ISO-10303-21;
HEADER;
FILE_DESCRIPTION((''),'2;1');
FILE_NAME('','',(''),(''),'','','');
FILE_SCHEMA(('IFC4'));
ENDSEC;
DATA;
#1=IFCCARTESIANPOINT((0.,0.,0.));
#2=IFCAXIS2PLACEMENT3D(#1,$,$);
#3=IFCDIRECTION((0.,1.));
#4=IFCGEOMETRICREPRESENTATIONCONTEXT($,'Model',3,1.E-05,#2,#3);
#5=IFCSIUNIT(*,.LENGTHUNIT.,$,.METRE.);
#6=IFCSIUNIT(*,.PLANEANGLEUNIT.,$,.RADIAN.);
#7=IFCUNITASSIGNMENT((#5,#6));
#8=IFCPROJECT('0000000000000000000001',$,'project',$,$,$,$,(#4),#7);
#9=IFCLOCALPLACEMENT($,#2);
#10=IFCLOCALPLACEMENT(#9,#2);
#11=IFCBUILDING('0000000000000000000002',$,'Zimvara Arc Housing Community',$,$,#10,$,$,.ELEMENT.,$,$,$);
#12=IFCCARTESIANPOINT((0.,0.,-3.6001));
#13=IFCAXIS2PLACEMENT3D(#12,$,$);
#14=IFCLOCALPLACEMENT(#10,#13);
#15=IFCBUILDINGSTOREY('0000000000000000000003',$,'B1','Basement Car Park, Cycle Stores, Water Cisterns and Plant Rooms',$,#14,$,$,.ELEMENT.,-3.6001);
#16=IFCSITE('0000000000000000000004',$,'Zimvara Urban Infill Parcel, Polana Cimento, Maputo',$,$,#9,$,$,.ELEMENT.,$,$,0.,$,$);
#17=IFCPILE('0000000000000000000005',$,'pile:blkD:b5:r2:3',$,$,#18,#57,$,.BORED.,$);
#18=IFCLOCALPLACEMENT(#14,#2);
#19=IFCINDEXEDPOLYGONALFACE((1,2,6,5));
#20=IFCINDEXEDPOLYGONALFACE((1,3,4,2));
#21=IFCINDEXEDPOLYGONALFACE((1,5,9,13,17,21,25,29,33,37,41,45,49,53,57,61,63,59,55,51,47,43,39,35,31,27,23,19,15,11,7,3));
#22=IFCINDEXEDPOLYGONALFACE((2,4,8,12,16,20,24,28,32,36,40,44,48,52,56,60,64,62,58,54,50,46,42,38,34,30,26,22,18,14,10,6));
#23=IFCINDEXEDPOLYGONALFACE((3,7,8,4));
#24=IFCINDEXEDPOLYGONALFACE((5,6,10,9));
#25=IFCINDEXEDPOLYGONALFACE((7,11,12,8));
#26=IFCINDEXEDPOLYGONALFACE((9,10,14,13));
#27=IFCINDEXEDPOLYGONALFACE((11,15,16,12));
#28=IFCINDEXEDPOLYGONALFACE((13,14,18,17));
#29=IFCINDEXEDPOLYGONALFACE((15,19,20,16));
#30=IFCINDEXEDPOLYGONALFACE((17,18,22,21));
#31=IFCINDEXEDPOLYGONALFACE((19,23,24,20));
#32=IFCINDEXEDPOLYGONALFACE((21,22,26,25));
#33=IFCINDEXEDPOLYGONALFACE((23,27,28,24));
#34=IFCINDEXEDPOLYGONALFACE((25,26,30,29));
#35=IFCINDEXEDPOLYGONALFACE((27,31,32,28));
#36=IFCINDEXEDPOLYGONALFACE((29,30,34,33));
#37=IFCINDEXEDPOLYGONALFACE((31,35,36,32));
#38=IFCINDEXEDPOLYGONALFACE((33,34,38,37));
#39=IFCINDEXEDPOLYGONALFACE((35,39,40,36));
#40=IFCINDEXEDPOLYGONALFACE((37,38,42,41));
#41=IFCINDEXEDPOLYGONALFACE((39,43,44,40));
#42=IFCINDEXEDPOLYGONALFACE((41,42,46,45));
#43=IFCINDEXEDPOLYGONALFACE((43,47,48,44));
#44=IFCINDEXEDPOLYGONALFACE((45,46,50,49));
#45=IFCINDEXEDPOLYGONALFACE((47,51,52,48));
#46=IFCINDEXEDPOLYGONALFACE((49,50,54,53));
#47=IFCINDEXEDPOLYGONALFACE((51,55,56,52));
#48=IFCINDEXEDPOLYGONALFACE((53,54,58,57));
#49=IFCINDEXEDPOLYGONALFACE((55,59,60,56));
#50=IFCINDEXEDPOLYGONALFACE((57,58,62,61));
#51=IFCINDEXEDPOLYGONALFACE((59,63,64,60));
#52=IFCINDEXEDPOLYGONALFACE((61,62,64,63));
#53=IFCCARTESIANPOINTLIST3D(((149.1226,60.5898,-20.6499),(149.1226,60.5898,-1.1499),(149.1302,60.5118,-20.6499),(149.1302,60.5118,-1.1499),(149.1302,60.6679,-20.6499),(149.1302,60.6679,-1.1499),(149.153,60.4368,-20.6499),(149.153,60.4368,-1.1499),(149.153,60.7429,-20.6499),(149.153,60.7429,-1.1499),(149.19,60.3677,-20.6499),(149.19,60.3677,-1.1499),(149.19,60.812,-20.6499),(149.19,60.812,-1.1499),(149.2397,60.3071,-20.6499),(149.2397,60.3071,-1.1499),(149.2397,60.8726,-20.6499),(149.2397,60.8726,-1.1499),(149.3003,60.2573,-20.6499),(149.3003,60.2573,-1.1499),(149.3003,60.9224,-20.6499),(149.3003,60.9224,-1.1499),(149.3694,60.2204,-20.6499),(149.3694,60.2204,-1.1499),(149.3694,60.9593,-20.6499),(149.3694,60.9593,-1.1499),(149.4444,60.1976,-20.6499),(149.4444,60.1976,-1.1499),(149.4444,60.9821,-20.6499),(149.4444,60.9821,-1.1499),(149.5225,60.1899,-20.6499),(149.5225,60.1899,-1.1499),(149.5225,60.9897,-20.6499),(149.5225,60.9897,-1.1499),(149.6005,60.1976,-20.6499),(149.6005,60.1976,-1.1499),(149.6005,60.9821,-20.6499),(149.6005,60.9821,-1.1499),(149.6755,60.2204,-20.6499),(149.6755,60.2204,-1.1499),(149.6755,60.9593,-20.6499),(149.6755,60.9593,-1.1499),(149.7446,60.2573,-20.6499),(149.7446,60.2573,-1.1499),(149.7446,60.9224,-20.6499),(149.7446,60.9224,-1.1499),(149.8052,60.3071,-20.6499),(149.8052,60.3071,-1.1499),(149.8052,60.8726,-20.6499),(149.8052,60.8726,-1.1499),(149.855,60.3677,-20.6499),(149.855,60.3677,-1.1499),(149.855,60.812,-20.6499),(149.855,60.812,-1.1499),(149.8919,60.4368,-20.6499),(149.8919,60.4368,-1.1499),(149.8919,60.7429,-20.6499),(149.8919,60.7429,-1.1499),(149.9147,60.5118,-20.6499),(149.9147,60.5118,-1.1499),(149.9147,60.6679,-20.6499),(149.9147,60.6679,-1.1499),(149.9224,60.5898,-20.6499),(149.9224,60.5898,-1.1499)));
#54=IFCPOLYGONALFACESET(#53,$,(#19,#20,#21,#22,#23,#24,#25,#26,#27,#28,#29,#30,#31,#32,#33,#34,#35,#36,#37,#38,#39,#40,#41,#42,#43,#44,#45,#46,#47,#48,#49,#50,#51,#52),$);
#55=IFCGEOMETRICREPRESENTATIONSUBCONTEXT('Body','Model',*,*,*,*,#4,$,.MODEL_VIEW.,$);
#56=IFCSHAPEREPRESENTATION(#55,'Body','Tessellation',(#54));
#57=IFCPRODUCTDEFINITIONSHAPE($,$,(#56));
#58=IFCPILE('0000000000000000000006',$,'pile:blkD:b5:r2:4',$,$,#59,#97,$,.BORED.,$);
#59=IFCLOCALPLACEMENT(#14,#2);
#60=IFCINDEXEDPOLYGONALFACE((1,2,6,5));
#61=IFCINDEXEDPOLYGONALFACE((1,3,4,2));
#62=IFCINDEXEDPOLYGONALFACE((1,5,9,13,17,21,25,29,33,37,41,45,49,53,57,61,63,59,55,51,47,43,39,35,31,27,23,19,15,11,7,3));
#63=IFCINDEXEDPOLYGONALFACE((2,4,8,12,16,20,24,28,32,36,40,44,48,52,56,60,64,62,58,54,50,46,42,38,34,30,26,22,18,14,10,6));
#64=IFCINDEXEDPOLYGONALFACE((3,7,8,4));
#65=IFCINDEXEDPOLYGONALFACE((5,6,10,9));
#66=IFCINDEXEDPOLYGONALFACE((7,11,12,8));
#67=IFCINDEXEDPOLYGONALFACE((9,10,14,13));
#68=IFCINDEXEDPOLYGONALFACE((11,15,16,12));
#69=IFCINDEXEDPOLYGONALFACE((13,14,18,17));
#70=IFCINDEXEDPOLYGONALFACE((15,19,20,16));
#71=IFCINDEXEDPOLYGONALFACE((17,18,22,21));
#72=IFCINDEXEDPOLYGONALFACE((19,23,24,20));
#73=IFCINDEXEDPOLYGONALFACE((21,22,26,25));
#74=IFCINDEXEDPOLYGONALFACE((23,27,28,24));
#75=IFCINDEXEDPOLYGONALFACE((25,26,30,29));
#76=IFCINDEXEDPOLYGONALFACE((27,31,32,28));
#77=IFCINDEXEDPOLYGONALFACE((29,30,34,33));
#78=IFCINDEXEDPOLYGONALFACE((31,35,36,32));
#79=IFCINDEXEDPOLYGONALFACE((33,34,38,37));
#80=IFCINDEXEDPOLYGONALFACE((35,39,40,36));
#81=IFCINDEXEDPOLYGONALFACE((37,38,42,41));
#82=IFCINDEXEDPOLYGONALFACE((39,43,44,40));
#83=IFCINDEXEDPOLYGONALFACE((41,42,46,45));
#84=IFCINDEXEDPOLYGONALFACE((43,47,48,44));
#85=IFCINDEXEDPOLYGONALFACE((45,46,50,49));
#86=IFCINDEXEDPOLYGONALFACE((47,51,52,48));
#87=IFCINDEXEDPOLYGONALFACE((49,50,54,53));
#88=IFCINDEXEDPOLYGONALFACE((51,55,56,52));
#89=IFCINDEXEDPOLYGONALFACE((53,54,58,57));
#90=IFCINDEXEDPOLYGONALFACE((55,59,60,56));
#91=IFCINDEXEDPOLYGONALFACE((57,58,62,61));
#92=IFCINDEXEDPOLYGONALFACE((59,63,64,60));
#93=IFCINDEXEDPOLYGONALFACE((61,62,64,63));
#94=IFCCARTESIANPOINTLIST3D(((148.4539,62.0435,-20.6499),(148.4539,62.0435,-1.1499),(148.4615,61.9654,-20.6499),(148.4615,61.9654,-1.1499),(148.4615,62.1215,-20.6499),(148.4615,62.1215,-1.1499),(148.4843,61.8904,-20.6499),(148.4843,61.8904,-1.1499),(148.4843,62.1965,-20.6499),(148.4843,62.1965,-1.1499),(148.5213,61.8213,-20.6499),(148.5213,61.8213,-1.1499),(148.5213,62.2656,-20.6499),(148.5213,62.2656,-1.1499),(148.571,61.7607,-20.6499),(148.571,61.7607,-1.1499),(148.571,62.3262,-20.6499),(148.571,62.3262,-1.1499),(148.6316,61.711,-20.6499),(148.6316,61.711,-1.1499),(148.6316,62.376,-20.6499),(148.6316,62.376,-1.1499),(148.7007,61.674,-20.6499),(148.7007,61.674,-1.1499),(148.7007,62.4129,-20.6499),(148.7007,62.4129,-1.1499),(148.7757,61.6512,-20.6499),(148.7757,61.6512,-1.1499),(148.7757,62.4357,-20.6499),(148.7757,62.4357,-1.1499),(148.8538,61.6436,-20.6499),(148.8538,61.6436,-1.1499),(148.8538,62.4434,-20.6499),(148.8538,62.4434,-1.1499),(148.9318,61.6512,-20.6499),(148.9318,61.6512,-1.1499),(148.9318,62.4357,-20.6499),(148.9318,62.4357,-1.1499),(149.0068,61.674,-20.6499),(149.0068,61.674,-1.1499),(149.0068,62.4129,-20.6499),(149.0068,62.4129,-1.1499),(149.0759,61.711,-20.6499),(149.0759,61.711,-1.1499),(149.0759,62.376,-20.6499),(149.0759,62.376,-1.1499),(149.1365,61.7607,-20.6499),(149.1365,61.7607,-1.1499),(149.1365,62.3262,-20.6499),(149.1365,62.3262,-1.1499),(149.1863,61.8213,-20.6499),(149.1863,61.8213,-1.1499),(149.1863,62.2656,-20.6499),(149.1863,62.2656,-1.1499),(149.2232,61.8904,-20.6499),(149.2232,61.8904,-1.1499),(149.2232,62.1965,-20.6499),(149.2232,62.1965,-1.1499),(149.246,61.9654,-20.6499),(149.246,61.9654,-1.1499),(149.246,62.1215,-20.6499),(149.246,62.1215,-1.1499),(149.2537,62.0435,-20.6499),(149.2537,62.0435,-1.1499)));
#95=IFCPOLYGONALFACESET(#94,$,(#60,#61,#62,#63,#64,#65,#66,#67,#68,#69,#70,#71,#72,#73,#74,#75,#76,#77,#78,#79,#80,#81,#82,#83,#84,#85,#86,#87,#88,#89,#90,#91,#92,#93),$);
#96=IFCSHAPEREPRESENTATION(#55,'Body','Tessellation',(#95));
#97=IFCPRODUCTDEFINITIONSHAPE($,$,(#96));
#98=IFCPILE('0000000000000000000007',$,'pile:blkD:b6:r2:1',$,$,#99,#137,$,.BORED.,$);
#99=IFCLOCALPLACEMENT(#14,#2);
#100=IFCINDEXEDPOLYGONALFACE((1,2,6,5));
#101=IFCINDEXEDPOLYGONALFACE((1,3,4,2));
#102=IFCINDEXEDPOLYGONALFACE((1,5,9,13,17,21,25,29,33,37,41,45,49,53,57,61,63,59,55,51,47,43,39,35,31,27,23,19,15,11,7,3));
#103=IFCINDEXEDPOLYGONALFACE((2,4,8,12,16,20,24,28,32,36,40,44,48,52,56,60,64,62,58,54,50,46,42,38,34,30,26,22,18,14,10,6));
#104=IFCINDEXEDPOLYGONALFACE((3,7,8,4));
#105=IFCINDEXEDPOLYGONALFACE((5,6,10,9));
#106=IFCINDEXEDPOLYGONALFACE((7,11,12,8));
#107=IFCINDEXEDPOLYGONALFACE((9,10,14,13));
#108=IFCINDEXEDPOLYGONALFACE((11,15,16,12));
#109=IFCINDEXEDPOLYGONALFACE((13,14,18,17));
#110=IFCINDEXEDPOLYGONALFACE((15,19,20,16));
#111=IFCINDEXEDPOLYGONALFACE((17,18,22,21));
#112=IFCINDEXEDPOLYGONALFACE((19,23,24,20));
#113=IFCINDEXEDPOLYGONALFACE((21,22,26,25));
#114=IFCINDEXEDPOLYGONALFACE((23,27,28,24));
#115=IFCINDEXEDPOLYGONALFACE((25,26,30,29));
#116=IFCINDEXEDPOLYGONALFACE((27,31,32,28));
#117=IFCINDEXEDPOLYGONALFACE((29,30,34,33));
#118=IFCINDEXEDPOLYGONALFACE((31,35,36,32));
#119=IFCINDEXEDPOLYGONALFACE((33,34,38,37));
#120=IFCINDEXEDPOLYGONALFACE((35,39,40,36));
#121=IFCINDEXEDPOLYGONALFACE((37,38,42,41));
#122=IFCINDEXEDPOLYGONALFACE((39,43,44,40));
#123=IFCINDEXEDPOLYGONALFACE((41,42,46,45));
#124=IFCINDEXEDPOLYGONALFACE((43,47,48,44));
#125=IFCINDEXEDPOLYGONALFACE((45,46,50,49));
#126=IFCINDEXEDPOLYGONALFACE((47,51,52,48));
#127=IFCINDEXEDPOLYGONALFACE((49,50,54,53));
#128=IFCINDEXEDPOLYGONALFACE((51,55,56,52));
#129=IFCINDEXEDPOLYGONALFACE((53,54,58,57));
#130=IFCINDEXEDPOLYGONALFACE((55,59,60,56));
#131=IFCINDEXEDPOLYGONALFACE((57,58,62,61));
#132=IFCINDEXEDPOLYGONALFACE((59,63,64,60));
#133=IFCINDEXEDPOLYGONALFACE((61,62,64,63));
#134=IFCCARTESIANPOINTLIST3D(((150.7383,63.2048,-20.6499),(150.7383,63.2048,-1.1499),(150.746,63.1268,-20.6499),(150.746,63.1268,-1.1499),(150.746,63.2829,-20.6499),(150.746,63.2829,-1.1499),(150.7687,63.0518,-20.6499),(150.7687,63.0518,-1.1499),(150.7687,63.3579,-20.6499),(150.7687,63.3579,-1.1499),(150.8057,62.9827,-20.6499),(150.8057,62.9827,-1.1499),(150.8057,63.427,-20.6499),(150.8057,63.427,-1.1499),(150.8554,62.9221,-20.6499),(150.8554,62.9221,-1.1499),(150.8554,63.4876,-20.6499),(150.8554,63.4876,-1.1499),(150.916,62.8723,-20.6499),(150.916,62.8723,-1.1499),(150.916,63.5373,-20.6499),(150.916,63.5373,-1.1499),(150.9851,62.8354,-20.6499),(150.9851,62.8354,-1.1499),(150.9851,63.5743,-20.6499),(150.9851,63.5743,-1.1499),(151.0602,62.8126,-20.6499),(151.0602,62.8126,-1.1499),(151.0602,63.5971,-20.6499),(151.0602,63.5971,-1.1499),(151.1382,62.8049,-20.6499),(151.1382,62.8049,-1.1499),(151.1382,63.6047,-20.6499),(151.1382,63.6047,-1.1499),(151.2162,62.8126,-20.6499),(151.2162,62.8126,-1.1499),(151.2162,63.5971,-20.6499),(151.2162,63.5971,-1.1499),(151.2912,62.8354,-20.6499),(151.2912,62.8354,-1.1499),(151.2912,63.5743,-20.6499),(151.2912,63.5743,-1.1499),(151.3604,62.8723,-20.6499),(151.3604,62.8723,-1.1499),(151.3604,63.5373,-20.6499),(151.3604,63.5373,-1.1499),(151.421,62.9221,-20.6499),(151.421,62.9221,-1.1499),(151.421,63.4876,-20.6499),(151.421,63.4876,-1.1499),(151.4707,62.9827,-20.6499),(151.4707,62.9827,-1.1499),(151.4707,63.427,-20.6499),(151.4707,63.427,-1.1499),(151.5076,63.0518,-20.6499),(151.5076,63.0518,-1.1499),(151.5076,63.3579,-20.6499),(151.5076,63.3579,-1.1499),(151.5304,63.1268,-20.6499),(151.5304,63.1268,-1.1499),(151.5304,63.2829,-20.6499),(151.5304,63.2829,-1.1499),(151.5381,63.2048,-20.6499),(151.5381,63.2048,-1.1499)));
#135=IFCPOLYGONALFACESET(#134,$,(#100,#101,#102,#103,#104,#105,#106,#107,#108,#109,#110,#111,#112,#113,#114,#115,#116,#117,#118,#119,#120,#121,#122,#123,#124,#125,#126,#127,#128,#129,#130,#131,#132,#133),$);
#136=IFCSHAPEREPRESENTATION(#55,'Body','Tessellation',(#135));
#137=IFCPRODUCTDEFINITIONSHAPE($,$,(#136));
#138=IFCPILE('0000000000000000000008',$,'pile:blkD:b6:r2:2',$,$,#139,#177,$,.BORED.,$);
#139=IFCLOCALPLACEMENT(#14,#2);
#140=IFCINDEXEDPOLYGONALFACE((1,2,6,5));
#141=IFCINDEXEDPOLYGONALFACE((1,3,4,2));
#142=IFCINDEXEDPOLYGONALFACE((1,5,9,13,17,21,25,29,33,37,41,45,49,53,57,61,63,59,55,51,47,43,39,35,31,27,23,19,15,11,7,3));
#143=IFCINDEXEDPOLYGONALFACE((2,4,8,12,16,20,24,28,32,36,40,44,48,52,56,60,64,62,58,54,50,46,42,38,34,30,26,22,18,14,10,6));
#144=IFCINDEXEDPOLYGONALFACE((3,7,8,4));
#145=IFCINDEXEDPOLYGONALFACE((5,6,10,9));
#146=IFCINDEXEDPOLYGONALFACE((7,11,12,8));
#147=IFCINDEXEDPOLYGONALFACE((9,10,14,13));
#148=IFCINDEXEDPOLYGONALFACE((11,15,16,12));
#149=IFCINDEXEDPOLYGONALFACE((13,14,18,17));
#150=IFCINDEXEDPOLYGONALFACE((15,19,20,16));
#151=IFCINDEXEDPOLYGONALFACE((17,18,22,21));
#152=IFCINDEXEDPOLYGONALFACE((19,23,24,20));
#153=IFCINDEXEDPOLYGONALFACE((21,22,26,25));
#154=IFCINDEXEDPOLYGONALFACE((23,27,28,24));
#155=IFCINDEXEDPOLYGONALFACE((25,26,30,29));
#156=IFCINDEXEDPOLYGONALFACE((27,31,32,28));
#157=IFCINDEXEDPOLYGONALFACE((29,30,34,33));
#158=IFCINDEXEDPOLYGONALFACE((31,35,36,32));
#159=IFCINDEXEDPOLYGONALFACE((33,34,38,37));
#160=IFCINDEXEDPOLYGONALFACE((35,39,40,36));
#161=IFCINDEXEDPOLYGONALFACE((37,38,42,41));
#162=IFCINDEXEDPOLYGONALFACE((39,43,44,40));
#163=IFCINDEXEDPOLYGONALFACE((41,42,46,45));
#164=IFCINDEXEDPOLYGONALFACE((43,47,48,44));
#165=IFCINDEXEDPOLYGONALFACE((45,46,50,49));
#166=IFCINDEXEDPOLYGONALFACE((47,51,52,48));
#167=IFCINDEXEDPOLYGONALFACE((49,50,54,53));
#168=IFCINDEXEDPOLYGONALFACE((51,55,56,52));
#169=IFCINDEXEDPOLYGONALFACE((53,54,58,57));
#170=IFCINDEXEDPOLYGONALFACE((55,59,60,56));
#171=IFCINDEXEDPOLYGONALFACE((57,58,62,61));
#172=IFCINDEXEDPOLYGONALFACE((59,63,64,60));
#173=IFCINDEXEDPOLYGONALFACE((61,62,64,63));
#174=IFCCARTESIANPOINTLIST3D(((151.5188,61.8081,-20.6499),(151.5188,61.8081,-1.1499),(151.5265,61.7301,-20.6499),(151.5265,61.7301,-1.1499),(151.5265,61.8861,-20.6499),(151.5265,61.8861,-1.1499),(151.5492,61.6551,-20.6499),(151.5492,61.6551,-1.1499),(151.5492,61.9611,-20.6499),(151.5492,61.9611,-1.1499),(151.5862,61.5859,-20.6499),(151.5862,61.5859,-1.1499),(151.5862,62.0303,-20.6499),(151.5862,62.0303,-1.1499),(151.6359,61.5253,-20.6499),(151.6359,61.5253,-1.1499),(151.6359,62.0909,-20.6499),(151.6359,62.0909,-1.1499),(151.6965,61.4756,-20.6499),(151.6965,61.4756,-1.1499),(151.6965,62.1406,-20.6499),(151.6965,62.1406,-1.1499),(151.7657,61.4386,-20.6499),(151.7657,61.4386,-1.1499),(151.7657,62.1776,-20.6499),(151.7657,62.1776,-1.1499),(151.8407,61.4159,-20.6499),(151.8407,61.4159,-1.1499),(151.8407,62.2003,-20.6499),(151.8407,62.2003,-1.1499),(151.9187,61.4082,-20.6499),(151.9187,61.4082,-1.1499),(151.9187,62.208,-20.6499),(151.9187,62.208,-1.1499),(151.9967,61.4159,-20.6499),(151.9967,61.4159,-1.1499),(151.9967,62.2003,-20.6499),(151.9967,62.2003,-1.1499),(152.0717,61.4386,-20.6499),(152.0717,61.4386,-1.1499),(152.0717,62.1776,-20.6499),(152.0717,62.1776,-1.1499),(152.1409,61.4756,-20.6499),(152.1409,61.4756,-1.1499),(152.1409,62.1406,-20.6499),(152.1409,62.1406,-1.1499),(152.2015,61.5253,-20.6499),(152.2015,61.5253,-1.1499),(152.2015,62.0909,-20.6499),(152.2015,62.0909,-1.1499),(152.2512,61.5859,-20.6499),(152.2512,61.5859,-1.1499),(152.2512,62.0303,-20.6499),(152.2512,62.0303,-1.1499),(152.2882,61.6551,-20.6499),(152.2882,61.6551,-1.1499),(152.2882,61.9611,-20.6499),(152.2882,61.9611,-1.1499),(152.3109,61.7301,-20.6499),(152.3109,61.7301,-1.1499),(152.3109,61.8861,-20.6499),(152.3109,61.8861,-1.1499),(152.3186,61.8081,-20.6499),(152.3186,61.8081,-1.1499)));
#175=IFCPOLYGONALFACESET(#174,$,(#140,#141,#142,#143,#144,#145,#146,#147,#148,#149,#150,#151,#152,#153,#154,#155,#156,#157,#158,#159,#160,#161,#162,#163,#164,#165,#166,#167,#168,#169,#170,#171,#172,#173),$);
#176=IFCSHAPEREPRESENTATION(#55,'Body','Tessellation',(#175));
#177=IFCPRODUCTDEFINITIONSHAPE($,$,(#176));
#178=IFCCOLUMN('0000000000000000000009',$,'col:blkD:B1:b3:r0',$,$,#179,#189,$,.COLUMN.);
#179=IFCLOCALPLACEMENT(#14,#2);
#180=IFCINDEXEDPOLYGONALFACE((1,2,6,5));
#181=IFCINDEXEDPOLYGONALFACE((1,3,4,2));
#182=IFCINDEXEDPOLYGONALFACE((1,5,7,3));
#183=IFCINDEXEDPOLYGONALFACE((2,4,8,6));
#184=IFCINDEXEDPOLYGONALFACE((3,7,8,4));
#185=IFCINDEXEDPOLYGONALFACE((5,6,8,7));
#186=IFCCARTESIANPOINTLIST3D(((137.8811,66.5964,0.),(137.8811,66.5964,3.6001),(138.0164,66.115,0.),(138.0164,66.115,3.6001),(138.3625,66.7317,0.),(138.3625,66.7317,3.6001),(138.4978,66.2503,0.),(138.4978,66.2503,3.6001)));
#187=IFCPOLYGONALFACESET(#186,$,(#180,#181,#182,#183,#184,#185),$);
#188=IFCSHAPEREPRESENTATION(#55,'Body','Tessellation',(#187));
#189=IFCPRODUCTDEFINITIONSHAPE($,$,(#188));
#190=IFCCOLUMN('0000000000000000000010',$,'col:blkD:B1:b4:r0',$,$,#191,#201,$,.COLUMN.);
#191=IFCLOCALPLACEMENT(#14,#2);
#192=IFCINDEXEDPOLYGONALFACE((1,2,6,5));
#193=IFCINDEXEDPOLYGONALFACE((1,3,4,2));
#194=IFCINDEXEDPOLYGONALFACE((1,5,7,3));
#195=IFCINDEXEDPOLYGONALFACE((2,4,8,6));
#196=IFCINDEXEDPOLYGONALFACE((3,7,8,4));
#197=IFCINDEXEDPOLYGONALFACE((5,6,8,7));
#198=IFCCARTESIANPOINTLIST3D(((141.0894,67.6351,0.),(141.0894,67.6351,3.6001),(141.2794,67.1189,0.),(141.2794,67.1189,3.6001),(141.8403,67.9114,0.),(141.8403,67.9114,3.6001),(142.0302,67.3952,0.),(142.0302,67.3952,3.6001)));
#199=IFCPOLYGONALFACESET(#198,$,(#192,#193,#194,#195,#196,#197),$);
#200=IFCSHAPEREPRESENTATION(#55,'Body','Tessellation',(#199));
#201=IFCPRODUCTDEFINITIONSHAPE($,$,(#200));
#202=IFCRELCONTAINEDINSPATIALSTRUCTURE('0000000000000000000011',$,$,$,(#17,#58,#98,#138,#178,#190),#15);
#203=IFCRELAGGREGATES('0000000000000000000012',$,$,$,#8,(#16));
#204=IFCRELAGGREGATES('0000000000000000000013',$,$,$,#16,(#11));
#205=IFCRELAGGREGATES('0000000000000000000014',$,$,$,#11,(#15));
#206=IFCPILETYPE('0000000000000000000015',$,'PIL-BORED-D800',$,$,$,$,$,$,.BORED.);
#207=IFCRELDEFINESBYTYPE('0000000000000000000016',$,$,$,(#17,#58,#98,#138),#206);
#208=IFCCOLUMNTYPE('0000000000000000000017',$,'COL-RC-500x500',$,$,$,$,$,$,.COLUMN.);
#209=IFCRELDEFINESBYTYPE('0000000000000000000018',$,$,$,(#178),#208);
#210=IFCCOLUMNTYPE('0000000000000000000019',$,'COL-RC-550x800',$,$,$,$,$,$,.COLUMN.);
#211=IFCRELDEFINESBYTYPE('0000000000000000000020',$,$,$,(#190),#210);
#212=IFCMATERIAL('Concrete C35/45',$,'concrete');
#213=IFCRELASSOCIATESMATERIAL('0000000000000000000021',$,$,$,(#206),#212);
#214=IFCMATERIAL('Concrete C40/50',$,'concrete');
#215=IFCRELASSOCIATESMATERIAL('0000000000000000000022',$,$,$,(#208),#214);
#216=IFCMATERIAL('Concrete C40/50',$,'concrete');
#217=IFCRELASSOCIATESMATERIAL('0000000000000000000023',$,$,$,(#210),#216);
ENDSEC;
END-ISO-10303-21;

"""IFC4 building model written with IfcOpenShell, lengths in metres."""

from ifc_helpers import new_model, si_unit, direction, frame, origin, origin_2d, place, context, subcontext, project, spatial, rectangle, circle, extrude, material, material_profile, profile_set, type_object, element, save


model = new_model("IFC4")

# Units and contexts
model_context = context("Model", 3, precision=1e-05, world=origin(), true_north=direction((0.0, 1.0)))
body_context = subcontext(model_context, "Body", "Model", "MODEL_VIEW")
ifc_project = project(units=[si_unit("LENGTHUNIT", "METRE"), si_unit("PLANEANGLEUNIT", "RADIAN")], contexts=[model_context])

# Site, building, storey
site_placement = place(None, origin())
site = spatial("IfcSite", under=ifc_project, at=site_placement, Name="Zimvara Urban Infill Parcel, Polana Cimento, Maputo", CompositionType="ELEMENT", RefElevation=0.0)
building_placement = place(site_placement, origin())
building = spatial("IfcBuilding", under=site, at=building_placement, Name="Zimvara Arc Housing Community", CompositionType="ELEMENT")
storey_placement = place(building_placement, frame((0.0, 0.0, -3.6001)))
storey = spatial("IfcBuildingStorey", under=building, at=storey_placement, Name="B1", Description="Basement Car Park, Cycle Stores, Water Cisterns and Plant Rooms", CompositionType="ELEMENT", Elevation=-3.6001)

# Piles
ifc_material_1 = material(Name="Concrete C35/45", Category="concrete")
ifc_material_profile_1 = material_profile(ifc_material_1, circle(Radius=0.3999, at=origin_2d()), Name="PILE D800")
ifc_profile_set_1 = profile_set([ifc_material_profile_1], Name="Concrete C35/45")
pile_type_1 = type_object("IfcPileType", Name="PIL-BORED-D800", PredefinedType="BORED", material=ifc_profile_set_1)
for number, where, z_axis, x_axis, name in (
    (1, (149.5225, 60.5898, -1.1499), (0.0, 0.0, -1.0), (1.0, 0.0, 0.0), "pile:blkD:b5:r2:3"),
    (2, (148.8538, 62.0435, -1.1499), (0.0, 0.0, -1.0), (1.0, 0.0, 0.0), "pile:blkD:b5:r2:4"),
    (3, (151.1382, 63.2048, -1.1499), (0.0, 0.0, -1.0), (1.0, 0.0, 0.0), "pile:blkD:b6:r2:1"),
    (4, (151.9187, 61.8081, -1.1499), (0.0, 0.0, -1.0), (1.0, 0.0, 0.0), "pile:blkD:b6:r2:2"),
):
    element("IfcPile", number, at=place(storey_placement, frame(where, z_axis=z_axis, x_axis=x_axis)), inside=storey, type_object=pile_type_1, Name=name, PredefinedType="BORED", context=body_context, shape_type="SweptSolid", body=[
        extrude(circle(Radius=0.3999, at=origin_2d()), origin(), (0.0, 0.0, 1.0), 19.5),
    ])

# Columns
ifc_material_2 = material(Name="Concrete C40/50", Category="concrete")
ifc_material_profile_2 = material_profile(ifc_material_2, rectangle(XDim=0.5, YDim=0.5, at=origin_2d()), Name="RC 500x500")
ifc_profile_set_2 = profile_set([ifc_material_profile_2], Name="Concrete C40/50")
column_type_1 = type_object("IfcColumnType", Name="COL-RC-500x500", PredefinedType="COLUMN", material=ifc_profile_set_2)
column_1_placement = place(storey_placement, frame((138.1895, 66.4233, 0.0), z_axis=(0.0, 0.0, 1.0), x_axis=(0.2706, -0.962692, 0.0)))
element("IfcColumn", 5, at=column_1_placement, inside=storey, type_object=column_type_1, Name="col:blkD:B1:b3:r0", PredefinedType="COLUMN", context=body_context, shape_type="SweptSolid", body=[
    extrude(rectangle(XDim=0.5, YDim=0.5, at=origin_2d()), origin(), (0.0, 0.0, 1.0), 3.6001),
])
ifc_material_3 = material(Name="Concrete C40/50", Category="concrete")
ifc_material_profile_3 = material_profile(ifc_material_3, rectangle(XDim=0.55, YDim=0.8, at=origin_2d()), Name="RC 550x800")
ifc_profile_set_3 = profile_set([ifc_material_profile_3], Name="Concrete C40/50")
column_type_2 = type_object("IfcColumnType", Name="COL-RC-550x800", PredefinedType="COLUMN", material=ifc_profile_set_3)
column_2_placement = place(storey_placement, frame((141.5598, 67.5151, 0.0), z_axis=(0.0, 0.0, 1.0), x_axis=(0.345298, -0.938493, 0.0)))
element("IfcColumn", 6, at=column_2_placement, inside=storey, type_object=column_type_2, Name="col:blkD:B1:b4:r0", PredefinedType="COLUMN", context=body_context, shape_type="SweptSolid", body=[
    extrude(rectangle(XDim=0.55, YDim=0.8, at=origin_2d()), origin(), (0.0, 0.0, 1.0), 3.6001),
])

save(model, "model.ifc")
